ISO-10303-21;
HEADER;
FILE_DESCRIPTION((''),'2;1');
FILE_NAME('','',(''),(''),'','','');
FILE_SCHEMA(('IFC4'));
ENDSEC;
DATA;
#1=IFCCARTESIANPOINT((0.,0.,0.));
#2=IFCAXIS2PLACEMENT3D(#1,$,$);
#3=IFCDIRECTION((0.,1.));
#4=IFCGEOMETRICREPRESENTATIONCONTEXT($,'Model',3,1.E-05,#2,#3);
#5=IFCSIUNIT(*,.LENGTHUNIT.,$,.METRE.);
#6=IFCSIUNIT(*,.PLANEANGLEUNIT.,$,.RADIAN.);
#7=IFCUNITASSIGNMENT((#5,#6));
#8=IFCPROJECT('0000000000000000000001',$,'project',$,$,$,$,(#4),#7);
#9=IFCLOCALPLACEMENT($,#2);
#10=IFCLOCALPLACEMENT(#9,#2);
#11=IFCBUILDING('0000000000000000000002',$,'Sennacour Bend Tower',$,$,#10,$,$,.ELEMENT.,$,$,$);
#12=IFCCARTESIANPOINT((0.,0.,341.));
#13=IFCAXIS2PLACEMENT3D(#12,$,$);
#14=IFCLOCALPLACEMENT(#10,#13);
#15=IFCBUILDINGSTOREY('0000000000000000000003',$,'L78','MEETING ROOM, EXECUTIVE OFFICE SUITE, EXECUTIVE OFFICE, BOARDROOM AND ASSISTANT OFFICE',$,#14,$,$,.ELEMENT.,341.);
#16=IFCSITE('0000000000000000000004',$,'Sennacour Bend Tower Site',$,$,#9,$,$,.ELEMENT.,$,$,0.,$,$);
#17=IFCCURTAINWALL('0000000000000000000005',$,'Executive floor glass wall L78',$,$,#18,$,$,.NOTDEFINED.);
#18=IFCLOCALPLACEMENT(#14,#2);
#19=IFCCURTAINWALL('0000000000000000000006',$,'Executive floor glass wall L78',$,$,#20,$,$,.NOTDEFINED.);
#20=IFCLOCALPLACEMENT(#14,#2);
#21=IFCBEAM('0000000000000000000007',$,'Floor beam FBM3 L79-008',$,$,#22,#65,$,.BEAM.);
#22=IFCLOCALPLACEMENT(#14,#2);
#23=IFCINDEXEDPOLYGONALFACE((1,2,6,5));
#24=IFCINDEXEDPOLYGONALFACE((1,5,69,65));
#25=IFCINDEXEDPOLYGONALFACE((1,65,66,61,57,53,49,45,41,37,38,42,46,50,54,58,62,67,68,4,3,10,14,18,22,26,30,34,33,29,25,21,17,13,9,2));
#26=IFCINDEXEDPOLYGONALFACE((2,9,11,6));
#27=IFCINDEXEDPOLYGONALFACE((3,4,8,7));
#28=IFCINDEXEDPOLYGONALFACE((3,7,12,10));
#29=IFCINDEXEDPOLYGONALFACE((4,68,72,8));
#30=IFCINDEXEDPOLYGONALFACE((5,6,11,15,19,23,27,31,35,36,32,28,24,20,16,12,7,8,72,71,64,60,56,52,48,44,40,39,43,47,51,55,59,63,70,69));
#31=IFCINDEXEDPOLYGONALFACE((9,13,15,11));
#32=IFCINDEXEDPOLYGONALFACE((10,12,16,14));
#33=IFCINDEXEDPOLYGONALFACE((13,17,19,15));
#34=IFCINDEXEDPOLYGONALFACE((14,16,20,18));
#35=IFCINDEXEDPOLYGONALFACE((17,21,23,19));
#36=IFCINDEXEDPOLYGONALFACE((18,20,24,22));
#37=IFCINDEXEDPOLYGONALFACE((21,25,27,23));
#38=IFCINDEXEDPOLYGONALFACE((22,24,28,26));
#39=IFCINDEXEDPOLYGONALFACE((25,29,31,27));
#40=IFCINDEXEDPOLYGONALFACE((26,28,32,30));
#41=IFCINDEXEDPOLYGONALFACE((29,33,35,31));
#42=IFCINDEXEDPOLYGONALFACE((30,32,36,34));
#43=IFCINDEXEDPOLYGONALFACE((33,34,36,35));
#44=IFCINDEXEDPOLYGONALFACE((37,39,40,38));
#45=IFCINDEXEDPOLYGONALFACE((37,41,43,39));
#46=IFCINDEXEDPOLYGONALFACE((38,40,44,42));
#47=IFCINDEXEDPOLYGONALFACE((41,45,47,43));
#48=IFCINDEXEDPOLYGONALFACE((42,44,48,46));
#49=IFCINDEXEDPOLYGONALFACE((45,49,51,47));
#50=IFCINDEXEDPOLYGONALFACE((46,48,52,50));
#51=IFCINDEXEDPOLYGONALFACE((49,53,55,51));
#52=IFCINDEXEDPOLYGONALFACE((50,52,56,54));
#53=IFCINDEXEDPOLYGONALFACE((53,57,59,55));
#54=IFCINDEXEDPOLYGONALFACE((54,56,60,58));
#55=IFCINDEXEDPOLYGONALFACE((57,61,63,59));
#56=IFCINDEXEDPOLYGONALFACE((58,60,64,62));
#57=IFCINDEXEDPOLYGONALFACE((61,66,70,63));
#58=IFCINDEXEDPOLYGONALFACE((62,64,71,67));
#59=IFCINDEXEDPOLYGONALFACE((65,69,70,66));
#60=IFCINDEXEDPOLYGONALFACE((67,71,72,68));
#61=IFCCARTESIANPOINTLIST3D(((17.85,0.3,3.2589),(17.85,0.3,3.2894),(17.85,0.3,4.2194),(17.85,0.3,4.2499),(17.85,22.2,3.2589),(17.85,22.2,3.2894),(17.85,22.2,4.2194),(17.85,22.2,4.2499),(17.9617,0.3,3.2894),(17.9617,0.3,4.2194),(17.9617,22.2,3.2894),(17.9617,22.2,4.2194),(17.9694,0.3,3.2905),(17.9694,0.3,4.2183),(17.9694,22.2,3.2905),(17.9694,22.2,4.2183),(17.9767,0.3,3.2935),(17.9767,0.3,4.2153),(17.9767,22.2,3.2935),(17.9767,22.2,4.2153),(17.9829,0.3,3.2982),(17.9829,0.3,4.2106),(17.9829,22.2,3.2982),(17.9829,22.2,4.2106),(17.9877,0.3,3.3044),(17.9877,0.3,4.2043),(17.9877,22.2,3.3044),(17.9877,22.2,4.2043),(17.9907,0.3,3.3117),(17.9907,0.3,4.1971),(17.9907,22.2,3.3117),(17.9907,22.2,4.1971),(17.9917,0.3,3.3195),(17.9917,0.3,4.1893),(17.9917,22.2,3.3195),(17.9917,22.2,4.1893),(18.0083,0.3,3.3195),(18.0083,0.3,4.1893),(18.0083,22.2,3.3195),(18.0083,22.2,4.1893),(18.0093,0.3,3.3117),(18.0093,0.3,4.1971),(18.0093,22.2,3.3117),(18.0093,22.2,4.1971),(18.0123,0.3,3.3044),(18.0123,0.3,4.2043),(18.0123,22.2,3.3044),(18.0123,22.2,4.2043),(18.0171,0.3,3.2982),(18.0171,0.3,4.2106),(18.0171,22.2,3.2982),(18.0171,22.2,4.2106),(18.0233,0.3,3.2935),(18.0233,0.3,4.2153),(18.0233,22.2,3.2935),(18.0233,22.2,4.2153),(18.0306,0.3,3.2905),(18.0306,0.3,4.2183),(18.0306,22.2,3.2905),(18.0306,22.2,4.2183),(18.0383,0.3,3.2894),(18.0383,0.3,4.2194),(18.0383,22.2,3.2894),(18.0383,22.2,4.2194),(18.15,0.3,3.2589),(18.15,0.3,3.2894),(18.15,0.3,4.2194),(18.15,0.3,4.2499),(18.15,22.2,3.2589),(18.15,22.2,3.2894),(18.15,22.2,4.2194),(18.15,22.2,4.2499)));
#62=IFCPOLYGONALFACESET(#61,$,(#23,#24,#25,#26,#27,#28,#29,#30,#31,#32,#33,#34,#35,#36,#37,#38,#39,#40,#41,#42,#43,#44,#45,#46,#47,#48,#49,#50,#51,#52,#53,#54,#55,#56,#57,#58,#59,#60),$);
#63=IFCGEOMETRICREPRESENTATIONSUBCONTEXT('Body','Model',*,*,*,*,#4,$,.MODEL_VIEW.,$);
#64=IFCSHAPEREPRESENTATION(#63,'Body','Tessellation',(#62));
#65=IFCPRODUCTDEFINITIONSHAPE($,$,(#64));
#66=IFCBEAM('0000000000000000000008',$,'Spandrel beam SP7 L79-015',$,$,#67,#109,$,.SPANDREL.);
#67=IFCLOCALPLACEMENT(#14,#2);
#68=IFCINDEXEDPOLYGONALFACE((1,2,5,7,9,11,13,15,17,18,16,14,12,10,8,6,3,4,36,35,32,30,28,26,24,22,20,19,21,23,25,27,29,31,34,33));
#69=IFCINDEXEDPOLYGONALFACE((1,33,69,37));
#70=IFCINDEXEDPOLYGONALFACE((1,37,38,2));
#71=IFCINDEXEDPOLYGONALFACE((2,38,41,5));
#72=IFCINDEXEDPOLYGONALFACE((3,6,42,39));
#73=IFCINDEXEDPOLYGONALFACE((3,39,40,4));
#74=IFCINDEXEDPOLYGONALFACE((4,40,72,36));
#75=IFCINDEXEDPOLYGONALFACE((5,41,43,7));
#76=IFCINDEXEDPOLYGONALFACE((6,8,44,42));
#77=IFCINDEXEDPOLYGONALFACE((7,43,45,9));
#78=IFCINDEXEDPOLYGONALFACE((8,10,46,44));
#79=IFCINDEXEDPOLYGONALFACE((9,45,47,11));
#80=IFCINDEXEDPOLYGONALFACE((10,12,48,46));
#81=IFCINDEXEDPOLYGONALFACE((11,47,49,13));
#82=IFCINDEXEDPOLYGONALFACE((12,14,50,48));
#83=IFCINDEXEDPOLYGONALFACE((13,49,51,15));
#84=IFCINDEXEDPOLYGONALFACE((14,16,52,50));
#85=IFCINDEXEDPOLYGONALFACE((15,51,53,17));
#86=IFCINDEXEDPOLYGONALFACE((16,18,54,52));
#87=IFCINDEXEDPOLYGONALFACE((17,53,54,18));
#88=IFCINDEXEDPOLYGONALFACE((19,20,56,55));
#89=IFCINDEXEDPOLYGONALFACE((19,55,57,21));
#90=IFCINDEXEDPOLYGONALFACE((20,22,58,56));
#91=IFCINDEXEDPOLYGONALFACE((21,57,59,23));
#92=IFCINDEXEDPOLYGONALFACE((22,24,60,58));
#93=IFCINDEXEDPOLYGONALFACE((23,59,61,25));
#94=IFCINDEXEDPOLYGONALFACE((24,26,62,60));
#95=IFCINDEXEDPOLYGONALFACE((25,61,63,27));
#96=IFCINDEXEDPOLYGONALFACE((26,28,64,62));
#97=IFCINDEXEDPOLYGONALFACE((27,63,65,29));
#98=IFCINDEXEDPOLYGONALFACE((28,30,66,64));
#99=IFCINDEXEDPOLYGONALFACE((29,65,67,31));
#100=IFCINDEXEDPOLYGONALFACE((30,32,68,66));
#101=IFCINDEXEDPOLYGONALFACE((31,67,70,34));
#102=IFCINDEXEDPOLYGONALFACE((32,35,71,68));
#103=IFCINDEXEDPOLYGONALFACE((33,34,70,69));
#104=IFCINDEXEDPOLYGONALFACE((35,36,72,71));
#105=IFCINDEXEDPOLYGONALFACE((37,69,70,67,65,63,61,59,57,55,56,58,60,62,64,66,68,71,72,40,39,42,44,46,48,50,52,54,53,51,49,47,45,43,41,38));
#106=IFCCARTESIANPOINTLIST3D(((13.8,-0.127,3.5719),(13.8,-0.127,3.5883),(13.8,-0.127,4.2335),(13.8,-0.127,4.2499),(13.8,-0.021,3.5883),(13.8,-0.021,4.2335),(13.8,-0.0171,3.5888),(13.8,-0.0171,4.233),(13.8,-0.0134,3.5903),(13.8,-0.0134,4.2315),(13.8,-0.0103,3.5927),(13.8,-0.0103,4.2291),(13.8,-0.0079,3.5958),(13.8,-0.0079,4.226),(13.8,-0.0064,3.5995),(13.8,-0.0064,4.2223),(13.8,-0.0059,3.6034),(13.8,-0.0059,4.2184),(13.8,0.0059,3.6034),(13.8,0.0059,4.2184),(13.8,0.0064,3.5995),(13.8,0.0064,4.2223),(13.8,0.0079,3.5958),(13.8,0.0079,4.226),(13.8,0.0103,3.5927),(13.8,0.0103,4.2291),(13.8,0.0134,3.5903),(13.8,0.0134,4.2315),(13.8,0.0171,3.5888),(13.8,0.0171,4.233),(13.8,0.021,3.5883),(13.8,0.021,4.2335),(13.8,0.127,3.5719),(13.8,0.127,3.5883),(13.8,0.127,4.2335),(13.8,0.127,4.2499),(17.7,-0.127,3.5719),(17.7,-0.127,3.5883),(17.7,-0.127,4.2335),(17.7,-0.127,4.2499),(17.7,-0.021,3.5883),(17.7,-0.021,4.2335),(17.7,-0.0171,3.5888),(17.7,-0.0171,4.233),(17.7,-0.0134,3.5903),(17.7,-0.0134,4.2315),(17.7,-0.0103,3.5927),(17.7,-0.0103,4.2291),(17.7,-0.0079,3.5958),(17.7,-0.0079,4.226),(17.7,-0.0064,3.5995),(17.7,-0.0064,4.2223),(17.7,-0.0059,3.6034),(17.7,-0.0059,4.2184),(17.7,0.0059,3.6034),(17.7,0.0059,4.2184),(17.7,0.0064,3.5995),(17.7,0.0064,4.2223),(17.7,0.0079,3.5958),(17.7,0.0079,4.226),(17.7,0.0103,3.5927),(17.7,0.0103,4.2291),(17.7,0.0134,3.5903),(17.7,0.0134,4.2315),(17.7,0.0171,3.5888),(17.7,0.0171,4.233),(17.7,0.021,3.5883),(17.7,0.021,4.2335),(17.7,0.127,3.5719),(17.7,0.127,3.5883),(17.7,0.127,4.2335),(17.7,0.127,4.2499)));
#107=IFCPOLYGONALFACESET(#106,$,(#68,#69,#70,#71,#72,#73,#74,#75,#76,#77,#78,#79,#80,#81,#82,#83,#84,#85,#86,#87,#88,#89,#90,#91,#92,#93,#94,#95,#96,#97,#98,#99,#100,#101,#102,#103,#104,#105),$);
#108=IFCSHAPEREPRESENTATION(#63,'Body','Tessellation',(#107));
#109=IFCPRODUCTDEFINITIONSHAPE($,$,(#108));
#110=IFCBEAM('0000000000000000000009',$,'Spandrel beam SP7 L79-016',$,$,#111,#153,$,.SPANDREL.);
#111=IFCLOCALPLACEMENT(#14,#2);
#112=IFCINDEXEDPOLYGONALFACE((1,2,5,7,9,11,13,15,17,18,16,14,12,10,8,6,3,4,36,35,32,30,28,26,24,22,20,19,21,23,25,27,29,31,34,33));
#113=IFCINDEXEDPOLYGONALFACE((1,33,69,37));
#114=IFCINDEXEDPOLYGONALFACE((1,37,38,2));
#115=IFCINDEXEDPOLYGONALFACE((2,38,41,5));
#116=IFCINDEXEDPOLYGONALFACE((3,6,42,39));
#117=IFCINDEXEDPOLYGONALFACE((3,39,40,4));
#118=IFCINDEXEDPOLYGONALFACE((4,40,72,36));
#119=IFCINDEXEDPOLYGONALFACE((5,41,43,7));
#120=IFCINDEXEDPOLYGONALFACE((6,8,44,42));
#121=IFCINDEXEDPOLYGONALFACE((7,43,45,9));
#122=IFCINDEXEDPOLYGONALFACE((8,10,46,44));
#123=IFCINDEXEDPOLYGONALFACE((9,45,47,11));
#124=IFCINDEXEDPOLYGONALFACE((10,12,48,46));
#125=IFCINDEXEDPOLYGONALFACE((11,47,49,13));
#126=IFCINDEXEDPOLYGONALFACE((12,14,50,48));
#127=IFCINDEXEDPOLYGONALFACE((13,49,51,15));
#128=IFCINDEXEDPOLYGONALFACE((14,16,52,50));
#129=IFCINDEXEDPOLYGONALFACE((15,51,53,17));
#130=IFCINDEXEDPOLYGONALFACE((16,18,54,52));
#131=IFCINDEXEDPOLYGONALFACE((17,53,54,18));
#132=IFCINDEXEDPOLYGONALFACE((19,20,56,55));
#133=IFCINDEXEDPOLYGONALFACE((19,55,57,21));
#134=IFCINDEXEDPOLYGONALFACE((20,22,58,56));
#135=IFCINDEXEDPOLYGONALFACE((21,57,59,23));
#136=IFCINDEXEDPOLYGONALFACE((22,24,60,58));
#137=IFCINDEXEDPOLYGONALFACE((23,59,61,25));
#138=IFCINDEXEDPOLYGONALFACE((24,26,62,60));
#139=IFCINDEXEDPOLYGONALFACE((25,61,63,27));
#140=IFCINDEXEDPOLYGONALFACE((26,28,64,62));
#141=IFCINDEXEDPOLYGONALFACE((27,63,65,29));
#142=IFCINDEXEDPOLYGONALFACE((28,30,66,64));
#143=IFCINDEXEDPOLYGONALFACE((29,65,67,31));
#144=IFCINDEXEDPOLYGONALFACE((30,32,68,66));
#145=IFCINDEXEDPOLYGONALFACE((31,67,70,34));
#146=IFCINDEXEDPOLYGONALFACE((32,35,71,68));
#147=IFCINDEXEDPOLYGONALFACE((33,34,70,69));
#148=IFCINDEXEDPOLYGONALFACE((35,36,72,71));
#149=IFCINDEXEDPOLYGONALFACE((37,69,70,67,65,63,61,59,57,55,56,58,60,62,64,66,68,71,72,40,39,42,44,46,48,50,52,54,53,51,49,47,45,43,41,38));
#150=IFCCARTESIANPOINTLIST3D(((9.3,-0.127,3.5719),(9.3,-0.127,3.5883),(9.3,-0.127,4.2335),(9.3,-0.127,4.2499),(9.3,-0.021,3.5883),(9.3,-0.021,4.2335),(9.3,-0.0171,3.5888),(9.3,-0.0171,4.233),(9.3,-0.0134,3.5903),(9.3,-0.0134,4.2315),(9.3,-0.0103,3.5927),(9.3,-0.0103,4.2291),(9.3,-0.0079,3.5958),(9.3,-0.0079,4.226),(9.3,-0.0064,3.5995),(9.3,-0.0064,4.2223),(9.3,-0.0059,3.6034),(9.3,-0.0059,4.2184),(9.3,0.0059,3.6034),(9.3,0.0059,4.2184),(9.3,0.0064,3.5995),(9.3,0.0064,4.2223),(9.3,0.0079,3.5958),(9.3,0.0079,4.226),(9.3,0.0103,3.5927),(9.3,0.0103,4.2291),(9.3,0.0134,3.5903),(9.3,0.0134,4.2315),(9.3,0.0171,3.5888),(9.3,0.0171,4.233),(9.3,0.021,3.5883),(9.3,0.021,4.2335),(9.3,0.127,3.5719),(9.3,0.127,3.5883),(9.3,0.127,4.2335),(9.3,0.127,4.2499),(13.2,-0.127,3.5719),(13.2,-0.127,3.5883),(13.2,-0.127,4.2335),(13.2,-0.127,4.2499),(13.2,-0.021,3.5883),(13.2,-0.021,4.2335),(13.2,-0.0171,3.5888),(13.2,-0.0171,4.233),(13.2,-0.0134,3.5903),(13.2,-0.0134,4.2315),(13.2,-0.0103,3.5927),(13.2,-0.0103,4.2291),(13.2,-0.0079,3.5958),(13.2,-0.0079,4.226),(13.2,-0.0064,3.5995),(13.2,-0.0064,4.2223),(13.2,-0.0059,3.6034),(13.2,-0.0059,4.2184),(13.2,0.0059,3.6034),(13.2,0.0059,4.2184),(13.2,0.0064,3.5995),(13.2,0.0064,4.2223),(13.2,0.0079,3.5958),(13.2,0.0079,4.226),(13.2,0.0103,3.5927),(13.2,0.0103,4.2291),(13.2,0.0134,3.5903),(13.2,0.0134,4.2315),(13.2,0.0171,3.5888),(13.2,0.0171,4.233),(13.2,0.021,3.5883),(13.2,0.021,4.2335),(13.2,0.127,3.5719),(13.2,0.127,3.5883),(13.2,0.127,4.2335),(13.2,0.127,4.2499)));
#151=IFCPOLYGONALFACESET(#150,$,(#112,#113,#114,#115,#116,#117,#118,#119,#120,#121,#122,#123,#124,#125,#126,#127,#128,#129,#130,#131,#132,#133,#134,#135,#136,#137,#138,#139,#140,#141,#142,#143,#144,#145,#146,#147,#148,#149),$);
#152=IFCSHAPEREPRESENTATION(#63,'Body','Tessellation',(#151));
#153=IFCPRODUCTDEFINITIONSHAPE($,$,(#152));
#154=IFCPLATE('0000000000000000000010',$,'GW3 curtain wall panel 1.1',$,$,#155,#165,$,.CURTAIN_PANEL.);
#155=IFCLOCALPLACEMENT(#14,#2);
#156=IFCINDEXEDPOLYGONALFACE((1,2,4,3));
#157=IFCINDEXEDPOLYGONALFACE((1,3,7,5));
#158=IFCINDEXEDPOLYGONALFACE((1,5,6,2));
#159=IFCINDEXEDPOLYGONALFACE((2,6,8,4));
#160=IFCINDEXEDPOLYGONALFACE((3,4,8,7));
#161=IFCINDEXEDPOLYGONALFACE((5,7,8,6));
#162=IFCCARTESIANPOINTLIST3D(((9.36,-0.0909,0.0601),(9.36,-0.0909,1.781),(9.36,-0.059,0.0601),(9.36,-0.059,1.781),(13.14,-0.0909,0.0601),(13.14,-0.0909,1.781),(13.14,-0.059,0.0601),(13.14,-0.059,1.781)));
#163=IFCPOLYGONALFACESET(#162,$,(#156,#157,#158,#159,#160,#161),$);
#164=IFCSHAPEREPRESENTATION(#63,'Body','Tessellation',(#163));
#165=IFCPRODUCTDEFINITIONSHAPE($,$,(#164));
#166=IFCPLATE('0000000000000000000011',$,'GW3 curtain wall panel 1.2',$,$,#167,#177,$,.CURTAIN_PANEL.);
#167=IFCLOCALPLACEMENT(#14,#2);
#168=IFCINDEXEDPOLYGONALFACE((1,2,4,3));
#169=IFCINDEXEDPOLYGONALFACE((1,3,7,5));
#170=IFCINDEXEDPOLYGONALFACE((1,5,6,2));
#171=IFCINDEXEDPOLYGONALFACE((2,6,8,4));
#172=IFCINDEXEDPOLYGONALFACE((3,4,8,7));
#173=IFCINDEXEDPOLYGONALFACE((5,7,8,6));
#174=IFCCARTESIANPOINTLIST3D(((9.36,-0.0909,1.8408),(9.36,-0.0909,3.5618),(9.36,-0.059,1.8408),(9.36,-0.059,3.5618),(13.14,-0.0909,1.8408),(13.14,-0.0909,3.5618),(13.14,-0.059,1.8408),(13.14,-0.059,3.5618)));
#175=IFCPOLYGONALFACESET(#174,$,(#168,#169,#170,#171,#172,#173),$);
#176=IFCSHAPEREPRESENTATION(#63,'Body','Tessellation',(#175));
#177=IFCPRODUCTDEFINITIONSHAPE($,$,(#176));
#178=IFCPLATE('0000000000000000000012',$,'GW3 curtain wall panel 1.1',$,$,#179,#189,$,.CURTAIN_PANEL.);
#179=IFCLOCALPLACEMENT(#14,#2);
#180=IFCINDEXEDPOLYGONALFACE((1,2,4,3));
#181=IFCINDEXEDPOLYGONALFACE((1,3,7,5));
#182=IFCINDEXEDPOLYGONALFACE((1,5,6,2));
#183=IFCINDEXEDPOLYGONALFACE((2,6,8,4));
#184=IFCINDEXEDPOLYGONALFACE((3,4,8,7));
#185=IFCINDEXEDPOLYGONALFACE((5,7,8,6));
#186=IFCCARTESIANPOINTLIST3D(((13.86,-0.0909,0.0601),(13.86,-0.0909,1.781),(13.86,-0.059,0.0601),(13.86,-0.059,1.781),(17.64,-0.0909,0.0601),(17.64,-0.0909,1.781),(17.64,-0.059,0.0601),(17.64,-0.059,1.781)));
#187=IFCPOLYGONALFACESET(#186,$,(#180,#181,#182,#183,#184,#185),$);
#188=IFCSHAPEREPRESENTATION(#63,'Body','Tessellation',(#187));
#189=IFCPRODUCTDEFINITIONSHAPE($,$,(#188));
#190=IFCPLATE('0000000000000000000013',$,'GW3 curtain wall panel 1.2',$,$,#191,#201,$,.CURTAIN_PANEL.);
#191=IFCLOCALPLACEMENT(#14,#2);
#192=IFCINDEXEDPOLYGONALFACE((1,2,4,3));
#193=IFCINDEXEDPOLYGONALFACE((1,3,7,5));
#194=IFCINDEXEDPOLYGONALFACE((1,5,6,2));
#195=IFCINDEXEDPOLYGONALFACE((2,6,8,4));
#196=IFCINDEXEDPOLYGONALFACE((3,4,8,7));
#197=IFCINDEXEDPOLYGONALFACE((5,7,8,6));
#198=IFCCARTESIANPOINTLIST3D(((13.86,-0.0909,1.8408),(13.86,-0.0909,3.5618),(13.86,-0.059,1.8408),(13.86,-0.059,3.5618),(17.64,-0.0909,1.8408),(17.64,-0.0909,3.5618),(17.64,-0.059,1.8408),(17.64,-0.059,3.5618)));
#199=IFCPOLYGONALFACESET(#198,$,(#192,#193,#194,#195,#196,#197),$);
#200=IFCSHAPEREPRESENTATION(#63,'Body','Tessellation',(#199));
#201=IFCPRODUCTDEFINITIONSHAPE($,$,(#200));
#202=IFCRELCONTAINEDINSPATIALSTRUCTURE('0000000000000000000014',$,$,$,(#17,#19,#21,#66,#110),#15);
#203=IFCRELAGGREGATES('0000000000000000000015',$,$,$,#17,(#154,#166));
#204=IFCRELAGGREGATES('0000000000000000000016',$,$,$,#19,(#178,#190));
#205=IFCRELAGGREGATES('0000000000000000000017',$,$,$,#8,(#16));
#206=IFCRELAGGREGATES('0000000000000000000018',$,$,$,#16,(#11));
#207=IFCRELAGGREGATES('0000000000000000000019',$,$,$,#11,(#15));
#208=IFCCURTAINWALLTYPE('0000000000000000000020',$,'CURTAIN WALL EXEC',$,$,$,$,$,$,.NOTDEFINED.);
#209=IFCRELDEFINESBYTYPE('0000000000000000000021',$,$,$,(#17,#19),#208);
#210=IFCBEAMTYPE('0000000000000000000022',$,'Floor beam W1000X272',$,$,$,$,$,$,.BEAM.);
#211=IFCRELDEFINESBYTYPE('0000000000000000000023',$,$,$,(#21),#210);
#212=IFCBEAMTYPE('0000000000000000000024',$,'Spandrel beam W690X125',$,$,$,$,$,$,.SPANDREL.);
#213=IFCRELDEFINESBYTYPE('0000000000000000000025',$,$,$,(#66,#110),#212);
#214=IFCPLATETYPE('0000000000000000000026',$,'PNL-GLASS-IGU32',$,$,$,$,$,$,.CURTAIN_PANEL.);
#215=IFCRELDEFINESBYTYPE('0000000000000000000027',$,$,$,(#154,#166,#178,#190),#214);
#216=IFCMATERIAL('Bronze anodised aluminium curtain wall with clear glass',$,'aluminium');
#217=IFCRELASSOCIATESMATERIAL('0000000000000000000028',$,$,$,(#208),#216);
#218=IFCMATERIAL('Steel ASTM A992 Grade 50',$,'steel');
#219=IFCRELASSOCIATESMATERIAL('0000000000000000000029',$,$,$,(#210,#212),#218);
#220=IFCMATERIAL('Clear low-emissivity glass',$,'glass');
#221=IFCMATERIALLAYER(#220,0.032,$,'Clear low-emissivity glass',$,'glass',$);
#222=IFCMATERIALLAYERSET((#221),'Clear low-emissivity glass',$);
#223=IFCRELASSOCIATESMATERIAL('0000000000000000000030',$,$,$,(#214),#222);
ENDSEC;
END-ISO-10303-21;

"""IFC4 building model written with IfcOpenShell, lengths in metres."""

from ifc_helpers import new_model, si_unit, direction, frame, origin, origin_2d, place, context, subcontext, project, spatial, rectangle, i_section, extrude, material, layer, layer_set, material_profile, profile_set, type_object, element, aggregate, save


model = new_model("IFC4")

# Units and contexts
model_context = context("Model", 3, precision=1e-05, world=origin(), true_north=direction((0.0, 1.0)))
body_context = subcontext(model_context, "Body", "Model", "MODEL_VIEW")
ifc_project = project(units=[si_unit("LENGTHUNIT", "METRE"), si_unit("PLANEANGLEUNIT", "RADIAN")], contexts=[model_context])

# Site, building, storey
site_placement = place(None, origin())
site = spatial("IfcSite", under=ifc_project, at=site_placement, Name="Sennacour Bend Tower Site", CompositionType="ELEMENT", RefElevation=0.0)
building_placement = place(site_placement, origin())
building = spatial("IfcBuilding", under=site, at=building_placement, Name="Sennacour Bend Tower", CompositionType="ELEMENT")
storey_placement = place(building_placement, frame((0.0, 0.0, 341.0)))
storey = spatial("IfcBuildingStorey", under=building, at=storey_placement, Name="L78", Description="MEETING ROOM, EXECUTIVE OFFICE SUITE, EXECUTIVE OFFICE, BOARDROOM AND ASSISTANT OFFICE", CompositionType="ELEMENT", Elevation=341.0)

# Curtain walls
ifc_material_1 = material(Name="Bronze anodised aluminium curtain wall with clear glass", Category="aluminium")
curtain_wall_type = type_object("IfcCurtainWallType", Name="CURTAIN WALL EXEC", PredefinedType="NOTDEFINED", material=ifc_material_1)
curtain_wall_1_placement = place(storey_placement, origin())
curtain_wall_1 = element("IfcCurtainWall", 1, at=curtain_wall_1_placement, inside=storey, type_object=curtain_wall_type, Name="Executive floor glass wall L78", PredefinedType="NOTDEFINED")
curtain_wall_2_placement = place(storey_placement, origin())
curtain_wall_2 = element("IfcCurtainWall", 2, at=curtain_wall_2_placement, inside=storey, type_object=curtain_wall_type, Name="Executive floor glass wall L78", PredefinedType="NOTDEFINED")

# Beams
ifc_material_2 = material(Name="Steel ASTM A992 Grade 50", Category="steel")
ifc_material_profile_1 = material_profile(ifc_material_2, i_section(OverallWidth=0.3, OverallDepth=0.991, WebThickness=0.0166, FlangeThickness=0.0305, FilletRadius=0.03, at=origin_2d()), Name="Steel ASTM A992 Grade 50", Category="steel")
ifc_profile_set_1 = profile_set([ifc_material_profile_1], Name="Steel ASTM A992 Grade 50")
beam_type_1 = type_object("IfcBeamType", Name="Floor beam W1000X272", PredefinedType="BEAM", material=ifc_profile_set_1)
beam_1_placement = place(storey_placement, frame((18.0, 0.3, 3.7544), z_axis=(0.0, 1.0, 0.0), x_axis=(-1.0, 0.0, 0.0)))
element("IfcBeam", 3, at=beam_1_placement, inside=storey, type_object=beam_type_1, Name="Floor beam FBM3 L79-008", PredefinedType="BEAM", context=body_context, shape_type="SweptSolid", body=[
    extrude(i_section(OverallWidth=0.3, OverallDepth=0.991, WebThickness=0.0166, FlangeThickness=0.0305, FilletRadius=0.03, at=origin_2d()), origin(), (0.0, 0.0, 1.0), 21.8999),
])
ifc_material_profile_2 = material_profile(ifc_material_2, i_section(OverallWidth=0.2539, OverallDepth=0.678, WebThickness=0.0117, FlangeThickness=0.0164, FilletRadius=0.0151, at=origin_2d()), Name="Steel ASTM A992 Grade 50", Category="steel")
ifc_profile_set_2 = profile_set([ifc_material_profile_2], Name="Steel ASTM A992 Grade 50")
beam_type_2 = type_object("IfcBeamType", Name="Spandrel beam W690X125", PredefinedType="SPANDREL", material=ifc_profile_set_2)
for number, where, z_axis, x_axis, name in (
    (4, (17.7, 0.0, 3.9109), (-1.0, 0.0, 0.0), (0.0, -1.0, 0.0), "Spandrel beam SP7 L79-015"),
    (5, (13.2, 0.0, 3.9109), (-1.0, 0.0, 0.0), (0.0, -1.0, 0.0), "Spandrel beam SP7 L79-016"),
):
    element("IfcBeam", number, at=place(storey_placement, frame(where, z_axis=z_axis, x_axis=x_axis)), inside=storey, type_object=beam_type_2, Name=name, PredefinedType="SPANDREL", context=body_context, shape_type="SweptSolid", body=[
        extrude(i_section(OverallWidth=0.2539, OverallDepth=0.678, WebThickness=0.0117, FlangeThickness=0.0164, FilletRadius=0.0151, at=origin_2d()), origin(), (0.0, 0.0, 1.0), 3.8999),
    ])

# Plates
ifc_material_3 = material(Name="Clear low-emissivity glass", Category="glass")
ifc_layer_1 = layer(ifc_material_3, 0.032, Name="Clear low-emissivity glass", Category="glass")
ifc_layer_set_1 = layer_set([ifc_layer_1], Name="Clear low-emissivity glass")
plate_type = type_object("IfcPlateType", Name="PNL-GLASS-IGU32", PredefinedType="CURTAIN_PANEL", material=ifc_layer_set_1)
plate_1_placement = place(storey_placement, frame((11.25, -0.075, 0.0601), z_axis=(0.0, 0.0, 1.0), x_axis=(1.0, 0.0, 0.0)))
plate_1 = element("IfcPlate", 6, at=plate_1_placement, type_object=plate_type, Name="GW3 curtain wall panel 1.1", PredefinedType="CURTAIN_PANEL", context=body_context, shape_type="SweptSolid", body=[
    extrude(rectangle(XDim=3.78, YDim=0.032, at=origin_2d()), origin(), (0.0, 0.0, 1.0), 1.7209),
])
plate_2_placement = place(storey_placement, frame((11.25, -0.075, 1.8408), z_axis=(0.0, 0.0, 1.0), x_axis=(1.0, 0.0, 0.0)))
plate_2 = element("IfcPlate", 7, at=plate_2_placement, type_object=plate_type, Name="GW3 curtain wall panel 1.2", PredefinedType="CURTAIN_PANEL", context=body_context, shape_type="SweptSolid", body=[
    extrude(rectangle(XDim=3.78, YDim=0.032, at=origin_2d()), origin(), (0.0, 0.0, 1.0), 1.7209),
])
aggregate(curtain_wall_1, [plate_1, plate_2])
plate_3_placement = place(storey_placement, frame((15.75, -0.075, 0.0601), z_axis=(0.0, 0.0, 1.0), x_axis=(1.0, 0.0, 0.0)))
plate_3 = element("IfcPlate", 8, at=plate_3_placement, type_object=plate_type, Name="GW3 curtain wall panel 1.1", PredefinedType="CURTAIN_PANEL", context=body_context, shape_type="SweptSolid", body=[
    extrude(rectangle(XDim=3.78, YDim=0.032, at=origin_2d()), origin(), (0.0, 0.0, 1.0), 1.7209),
])
plate_4_placement = place(storey_placement, frame((15.75, -0.075, 1.8408), z_axis=(0.0, 0.0, 1.0), x_axis=(1.0, 0.0, 0.0)))
plate_4 = element("IfcPlate", 9, at=plate_4_placement, type_object=plate_type, Name="GW3 curtain wall panel 1.2", PredefinedType="CURTAIN_PANEL", context=body_context, shape_type="SweptSolid", body=[
    extrude(rectangle(XDim=3.78, YDim=0.032, at=origin_2d()), origin(), (0.0, 0.0, 1.0), 1.7209),
])
aggregate(curtain_wall_2, [plate_3, plate_4])

save(model, "model.ifc")
